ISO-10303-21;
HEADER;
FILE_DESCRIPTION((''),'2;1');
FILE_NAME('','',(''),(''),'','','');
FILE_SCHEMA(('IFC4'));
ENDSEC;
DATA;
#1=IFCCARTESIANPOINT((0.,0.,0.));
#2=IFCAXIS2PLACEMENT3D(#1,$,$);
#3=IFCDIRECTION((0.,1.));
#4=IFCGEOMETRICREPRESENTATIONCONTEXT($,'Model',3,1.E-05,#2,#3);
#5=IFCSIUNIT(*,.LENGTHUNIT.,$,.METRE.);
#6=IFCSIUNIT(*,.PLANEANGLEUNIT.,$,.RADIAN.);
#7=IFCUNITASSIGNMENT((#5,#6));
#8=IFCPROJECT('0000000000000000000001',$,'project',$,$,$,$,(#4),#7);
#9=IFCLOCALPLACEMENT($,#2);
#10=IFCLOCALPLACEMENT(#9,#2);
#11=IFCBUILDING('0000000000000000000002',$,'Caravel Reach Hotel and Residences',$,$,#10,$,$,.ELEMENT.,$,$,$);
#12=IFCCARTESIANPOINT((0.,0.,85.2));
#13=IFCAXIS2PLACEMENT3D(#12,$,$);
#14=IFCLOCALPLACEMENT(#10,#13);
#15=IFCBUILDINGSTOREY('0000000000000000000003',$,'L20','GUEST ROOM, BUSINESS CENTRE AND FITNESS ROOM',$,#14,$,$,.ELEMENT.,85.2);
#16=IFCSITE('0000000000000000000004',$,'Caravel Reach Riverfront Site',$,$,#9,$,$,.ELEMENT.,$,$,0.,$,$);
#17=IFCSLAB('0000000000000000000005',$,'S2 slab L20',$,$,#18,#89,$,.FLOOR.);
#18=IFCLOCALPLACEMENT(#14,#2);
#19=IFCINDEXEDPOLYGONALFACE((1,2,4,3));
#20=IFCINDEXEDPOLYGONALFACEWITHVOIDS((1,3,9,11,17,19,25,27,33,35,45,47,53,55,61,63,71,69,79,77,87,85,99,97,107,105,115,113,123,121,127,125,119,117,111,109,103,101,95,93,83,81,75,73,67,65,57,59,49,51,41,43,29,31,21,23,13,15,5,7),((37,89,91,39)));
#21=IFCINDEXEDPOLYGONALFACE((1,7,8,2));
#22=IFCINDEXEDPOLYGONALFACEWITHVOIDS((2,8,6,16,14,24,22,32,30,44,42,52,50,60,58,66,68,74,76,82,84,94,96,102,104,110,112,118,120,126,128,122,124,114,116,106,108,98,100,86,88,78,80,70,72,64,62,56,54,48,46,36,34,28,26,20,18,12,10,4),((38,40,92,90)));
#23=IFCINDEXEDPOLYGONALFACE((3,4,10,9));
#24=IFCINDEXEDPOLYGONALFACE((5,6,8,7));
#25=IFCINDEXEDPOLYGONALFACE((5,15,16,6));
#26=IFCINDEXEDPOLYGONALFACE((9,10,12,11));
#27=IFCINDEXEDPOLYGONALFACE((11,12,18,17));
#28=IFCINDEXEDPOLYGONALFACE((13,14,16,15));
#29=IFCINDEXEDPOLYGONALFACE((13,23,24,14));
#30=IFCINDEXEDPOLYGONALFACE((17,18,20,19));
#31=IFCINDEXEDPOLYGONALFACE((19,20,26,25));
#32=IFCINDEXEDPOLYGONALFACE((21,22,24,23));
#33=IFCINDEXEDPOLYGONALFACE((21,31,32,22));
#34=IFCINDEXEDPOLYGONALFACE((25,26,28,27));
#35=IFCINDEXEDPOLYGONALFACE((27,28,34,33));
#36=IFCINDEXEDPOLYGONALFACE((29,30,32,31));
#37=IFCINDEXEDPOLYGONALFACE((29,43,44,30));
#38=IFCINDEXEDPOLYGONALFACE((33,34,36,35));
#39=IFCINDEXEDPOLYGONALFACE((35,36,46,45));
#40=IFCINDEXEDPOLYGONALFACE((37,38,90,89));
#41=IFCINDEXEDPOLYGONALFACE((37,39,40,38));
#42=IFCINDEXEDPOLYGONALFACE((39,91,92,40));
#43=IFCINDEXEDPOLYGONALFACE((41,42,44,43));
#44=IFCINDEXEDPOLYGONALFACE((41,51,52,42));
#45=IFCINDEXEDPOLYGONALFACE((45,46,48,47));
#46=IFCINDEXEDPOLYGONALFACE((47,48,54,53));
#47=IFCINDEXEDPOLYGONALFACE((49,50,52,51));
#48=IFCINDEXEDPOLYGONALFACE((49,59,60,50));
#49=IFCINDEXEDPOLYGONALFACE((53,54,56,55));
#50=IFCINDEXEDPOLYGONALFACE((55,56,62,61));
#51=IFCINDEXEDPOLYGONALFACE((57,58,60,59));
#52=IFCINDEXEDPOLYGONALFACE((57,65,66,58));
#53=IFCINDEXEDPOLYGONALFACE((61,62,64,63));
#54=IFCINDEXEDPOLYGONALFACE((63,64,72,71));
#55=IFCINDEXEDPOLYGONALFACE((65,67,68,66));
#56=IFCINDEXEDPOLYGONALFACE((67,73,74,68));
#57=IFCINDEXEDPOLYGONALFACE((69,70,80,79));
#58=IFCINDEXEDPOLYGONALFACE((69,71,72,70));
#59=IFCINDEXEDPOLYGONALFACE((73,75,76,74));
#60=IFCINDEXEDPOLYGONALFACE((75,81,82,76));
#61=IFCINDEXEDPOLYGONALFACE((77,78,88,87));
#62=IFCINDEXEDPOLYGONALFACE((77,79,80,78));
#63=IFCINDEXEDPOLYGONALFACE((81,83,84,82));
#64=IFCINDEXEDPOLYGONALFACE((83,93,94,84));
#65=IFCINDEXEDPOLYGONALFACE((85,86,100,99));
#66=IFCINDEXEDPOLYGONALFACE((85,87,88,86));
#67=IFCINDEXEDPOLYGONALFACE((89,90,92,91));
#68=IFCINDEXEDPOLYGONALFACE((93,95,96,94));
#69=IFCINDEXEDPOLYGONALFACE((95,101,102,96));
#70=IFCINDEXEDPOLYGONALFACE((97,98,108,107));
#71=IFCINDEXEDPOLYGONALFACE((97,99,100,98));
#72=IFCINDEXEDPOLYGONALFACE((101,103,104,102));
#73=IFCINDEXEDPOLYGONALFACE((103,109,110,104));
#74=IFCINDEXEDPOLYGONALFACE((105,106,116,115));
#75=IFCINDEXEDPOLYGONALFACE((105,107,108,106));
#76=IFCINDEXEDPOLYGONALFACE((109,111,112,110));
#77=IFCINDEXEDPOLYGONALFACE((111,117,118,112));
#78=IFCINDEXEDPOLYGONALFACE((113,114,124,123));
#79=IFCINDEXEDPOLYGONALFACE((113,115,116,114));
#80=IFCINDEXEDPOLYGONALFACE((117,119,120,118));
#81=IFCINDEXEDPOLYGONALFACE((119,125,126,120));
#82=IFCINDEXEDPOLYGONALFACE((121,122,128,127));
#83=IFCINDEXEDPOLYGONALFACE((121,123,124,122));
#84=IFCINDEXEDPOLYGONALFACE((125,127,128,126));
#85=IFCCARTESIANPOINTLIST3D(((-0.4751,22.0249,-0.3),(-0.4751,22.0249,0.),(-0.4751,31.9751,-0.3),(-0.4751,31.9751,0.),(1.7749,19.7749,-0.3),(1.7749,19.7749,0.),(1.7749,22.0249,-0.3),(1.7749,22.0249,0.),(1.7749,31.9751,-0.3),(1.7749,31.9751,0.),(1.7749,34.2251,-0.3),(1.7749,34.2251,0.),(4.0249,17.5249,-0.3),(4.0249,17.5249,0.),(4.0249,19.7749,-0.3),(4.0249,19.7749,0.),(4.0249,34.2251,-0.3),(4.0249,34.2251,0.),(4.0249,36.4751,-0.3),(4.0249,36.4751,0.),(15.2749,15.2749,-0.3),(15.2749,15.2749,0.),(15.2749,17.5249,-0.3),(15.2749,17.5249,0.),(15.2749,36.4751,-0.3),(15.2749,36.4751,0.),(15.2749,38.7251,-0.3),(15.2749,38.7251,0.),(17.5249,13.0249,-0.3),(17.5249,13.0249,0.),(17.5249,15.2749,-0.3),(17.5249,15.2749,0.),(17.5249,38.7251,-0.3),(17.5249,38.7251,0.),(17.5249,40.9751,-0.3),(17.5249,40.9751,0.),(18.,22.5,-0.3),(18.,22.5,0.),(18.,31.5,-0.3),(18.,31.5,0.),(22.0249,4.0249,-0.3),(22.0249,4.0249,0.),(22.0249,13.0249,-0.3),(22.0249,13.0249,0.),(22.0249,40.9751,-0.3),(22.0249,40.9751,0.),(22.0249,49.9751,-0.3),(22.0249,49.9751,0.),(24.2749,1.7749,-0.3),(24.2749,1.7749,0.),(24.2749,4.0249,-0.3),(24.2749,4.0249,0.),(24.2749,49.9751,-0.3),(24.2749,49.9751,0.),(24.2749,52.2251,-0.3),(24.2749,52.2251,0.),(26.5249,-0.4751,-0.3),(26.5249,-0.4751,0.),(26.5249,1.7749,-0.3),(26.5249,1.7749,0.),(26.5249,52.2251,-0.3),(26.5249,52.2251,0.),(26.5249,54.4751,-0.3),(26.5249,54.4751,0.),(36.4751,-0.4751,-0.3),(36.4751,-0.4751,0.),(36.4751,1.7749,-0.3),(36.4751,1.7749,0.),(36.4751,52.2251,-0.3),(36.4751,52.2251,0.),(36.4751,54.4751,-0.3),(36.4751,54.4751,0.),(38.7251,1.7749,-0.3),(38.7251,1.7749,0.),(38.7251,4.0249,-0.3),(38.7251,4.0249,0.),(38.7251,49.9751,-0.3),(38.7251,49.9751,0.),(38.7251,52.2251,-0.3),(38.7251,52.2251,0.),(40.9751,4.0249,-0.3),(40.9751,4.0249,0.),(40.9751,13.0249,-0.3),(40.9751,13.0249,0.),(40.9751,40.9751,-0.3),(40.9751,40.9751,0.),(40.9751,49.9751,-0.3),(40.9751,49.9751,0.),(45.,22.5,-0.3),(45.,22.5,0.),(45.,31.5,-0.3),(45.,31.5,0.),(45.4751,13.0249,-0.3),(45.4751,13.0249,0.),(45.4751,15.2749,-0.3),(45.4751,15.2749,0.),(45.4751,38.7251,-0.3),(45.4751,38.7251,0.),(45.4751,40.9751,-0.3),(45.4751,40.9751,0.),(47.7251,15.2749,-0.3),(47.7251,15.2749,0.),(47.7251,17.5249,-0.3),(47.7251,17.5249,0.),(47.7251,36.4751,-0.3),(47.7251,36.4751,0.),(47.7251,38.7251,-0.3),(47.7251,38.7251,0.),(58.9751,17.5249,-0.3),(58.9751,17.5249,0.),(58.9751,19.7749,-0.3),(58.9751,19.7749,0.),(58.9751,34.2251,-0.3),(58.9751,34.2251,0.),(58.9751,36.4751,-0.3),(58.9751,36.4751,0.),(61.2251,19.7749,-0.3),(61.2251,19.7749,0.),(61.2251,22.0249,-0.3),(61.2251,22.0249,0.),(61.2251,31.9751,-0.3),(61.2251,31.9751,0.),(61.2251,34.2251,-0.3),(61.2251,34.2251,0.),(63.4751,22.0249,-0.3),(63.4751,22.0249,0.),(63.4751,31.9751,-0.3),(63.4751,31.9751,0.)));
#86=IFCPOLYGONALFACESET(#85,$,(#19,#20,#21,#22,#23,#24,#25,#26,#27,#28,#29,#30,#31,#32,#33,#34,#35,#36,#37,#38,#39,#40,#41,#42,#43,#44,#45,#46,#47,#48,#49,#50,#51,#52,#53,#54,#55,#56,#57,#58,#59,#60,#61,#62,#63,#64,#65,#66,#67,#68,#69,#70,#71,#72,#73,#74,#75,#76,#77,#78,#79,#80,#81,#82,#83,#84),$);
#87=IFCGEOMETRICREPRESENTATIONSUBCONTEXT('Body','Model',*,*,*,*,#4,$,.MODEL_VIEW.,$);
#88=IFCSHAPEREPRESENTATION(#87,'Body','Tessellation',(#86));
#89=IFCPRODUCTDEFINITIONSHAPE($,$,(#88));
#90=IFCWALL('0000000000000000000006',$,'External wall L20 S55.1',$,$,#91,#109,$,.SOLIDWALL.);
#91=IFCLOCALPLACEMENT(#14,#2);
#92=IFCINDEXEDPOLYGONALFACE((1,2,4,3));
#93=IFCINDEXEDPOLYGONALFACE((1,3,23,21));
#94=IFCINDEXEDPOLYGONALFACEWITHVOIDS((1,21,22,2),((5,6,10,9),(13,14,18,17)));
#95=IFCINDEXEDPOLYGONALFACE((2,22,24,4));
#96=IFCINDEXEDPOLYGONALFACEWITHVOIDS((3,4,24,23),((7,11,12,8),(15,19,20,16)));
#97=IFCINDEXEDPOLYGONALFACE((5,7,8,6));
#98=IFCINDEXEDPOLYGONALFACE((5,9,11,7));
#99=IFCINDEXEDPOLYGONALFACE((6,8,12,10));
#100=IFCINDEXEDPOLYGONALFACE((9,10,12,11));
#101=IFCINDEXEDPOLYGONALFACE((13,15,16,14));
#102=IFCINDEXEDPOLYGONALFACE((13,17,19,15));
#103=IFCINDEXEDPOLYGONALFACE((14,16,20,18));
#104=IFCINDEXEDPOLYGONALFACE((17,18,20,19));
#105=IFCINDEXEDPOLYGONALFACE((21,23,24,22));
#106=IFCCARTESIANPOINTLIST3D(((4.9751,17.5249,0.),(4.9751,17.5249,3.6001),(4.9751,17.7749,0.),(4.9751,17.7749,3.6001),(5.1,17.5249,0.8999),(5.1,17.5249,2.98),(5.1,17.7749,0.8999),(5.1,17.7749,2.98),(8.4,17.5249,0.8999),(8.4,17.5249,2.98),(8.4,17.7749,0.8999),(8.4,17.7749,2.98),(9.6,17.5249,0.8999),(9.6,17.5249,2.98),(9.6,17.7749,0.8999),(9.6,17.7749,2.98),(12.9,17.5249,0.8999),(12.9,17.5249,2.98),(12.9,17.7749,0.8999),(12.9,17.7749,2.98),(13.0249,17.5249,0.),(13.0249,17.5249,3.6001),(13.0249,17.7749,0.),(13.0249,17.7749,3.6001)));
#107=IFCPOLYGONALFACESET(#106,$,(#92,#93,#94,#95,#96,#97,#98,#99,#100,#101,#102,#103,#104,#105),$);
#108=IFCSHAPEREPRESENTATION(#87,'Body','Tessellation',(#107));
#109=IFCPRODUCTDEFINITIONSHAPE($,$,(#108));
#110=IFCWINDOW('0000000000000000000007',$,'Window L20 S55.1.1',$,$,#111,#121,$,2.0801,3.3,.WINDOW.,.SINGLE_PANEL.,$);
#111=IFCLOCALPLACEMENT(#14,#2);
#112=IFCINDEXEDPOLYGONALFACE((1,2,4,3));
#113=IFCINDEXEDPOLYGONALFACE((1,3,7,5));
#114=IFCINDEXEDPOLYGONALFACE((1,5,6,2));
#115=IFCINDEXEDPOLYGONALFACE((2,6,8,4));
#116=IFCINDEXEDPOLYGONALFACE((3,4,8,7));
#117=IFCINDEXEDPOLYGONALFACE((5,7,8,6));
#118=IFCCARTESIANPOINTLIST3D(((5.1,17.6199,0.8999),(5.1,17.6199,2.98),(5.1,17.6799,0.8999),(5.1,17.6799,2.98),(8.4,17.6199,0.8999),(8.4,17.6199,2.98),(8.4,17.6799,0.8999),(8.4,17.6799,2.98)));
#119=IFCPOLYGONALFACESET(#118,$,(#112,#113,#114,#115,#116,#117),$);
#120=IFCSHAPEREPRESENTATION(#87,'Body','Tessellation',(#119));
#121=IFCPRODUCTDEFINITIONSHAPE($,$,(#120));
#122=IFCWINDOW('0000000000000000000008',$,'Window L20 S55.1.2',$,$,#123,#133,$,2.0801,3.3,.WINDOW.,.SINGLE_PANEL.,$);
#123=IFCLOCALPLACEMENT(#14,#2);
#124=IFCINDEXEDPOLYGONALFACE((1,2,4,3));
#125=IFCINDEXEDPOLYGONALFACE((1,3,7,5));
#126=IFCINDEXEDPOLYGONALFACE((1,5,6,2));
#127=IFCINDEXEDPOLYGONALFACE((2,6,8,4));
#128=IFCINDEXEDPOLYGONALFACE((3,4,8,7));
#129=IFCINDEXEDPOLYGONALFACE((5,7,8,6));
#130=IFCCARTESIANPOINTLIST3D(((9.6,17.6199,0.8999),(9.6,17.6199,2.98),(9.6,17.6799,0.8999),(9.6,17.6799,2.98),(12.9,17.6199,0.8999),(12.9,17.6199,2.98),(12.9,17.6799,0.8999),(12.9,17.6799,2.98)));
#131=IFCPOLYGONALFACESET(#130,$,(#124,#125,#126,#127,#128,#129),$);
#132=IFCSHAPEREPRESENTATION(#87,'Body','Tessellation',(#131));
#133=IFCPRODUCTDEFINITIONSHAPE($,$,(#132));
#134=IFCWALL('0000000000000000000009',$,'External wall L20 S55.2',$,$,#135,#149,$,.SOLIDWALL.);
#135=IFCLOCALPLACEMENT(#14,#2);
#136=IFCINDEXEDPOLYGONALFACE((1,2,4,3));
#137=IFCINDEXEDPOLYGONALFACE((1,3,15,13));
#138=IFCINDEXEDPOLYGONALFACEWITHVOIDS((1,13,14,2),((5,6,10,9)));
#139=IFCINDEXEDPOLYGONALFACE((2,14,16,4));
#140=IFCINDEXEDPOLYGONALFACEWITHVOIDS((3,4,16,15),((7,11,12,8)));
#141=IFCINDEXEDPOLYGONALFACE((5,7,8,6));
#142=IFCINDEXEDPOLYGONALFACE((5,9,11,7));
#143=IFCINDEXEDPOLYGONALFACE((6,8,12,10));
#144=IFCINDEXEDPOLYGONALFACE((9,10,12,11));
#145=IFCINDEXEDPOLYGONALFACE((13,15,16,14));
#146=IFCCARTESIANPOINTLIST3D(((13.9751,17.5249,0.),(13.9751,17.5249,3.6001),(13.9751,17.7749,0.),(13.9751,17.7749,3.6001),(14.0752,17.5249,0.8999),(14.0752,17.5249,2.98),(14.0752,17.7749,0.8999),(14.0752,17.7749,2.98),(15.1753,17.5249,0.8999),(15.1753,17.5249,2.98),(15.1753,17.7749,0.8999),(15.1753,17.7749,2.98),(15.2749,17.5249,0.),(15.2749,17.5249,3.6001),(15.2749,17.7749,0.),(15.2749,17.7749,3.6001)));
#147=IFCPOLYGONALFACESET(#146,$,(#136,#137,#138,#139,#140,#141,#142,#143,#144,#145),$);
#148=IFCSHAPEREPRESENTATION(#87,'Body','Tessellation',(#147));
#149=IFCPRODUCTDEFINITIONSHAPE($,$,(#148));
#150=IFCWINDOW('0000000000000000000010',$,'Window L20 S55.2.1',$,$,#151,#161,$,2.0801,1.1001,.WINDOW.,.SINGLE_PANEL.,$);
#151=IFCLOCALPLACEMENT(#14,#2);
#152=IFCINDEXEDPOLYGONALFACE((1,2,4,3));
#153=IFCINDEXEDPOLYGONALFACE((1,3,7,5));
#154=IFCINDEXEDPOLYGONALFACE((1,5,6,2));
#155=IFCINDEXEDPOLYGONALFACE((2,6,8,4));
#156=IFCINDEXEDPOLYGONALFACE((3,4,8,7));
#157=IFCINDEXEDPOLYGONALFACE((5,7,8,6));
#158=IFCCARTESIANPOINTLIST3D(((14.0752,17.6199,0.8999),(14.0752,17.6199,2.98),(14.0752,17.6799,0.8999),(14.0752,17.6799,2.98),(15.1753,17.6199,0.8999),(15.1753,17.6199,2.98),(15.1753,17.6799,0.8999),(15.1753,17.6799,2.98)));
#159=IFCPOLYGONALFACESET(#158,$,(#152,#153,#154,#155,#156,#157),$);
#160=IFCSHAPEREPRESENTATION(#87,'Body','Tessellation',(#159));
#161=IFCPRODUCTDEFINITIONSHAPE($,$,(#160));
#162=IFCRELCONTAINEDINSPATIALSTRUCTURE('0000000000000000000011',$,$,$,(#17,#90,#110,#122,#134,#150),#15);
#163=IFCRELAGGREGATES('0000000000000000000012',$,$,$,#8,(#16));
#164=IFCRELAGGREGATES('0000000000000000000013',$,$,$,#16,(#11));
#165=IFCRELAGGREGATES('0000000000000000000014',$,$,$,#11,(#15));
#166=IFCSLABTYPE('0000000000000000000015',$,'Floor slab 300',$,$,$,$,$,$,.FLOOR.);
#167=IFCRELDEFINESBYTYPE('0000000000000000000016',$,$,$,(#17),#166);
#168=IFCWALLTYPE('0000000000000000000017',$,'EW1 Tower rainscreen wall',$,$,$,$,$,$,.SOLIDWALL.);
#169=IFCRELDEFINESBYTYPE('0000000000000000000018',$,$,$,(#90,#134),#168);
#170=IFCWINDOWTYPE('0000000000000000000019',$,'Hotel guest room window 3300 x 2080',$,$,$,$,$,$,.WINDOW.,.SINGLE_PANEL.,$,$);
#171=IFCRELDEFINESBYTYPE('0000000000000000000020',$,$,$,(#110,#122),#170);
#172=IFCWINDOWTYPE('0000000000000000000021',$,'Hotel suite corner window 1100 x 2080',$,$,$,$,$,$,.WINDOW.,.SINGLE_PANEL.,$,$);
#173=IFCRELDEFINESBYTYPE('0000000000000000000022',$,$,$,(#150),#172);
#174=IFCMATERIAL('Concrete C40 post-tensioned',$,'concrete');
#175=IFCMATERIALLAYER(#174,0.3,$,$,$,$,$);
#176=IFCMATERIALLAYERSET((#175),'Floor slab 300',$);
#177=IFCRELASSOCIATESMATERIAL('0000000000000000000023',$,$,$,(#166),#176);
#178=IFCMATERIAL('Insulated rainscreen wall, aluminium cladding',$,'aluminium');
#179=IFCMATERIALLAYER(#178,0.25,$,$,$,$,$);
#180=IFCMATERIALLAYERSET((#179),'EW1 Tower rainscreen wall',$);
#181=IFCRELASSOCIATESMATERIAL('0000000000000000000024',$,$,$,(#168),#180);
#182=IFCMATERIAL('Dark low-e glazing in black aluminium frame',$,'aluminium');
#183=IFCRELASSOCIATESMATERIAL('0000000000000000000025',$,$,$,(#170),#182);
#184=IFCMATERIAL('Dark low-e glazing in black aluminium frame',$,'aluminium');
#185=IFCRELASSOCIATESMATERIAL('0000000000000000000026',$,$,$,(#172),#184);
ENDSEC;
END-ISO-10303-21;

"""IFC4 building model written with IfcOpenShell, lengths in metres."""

from ifc_helpers import new_model, si_unit, direction, frame, frame_2d, origin, place, context, subcontext, project, spatial, polyline, rectangle, outline, extrude, material, layer, layer_set, type_object, element, fill, save


model = new_model("IFC4")

# Units and contexts
model_context = context("Model", 3, precision=1e-05, world=origin(), true_north=direction((0.0, 1.0)))
body_context = subcontext(model_context, "Body", "Model", "MODEL_VIEW")
ifc_project = project(units=[si_unit("LENGTHUNIT", "METRE"), si_unit("PLANEANGLEUNIT", "RADIAN")], contexts=[model_context])

# Site, building, storey
site_placement = place(None, origin())
site = spatial("IfcSite", under=ifc_project, at=site_placement, Name="Caravel Reach Riverfront Site", CompositionType="ELEMENT", RefElevation=0.0)
building_placement = place(site_placement, origin())
building = spatial("IfcBuilding", under=site, at=building_placement, Name="Caravel Reach Hotel and Residences", CompositionType="ELEMENT")
storey_placement = place(building_placement, frame((0.0, 0.0, 85.2)))
storey = spatial("IfcBuildingStorey", under=building, at=storey_placement, Name="L20", Description="GUEST ROOM, BUSINESS CENTRE AND FITNESS ROOM", CompositionType="ELEMENT", Elevation=85.2)

# Slab
ifc_material_1 = material(Name="Concrete C40 post-tensioned", Category="concrete")
ifc_layer_1 = layer(ifc_material_1, 0.3)
ifc_layer_set_1 = layer_set([ifc_layer_1], Name="Floor slab 300")
slab_type_1 = type_object("IfcSlabType", Name="Floor slab 300", PredefinedType="FLOOR", material=ifc_layer_set_1)
slab_1_placement = place(storey_placement, frame((0.0, 0.0, -0.3)))
element("IfcSlab", 1, at=slab_1_placement, inside=storey, type_object=slab_type_1, Name="S2 slab L20", PredefinedType="FLOOR", context=body_context, shape_type="SweptSolid", body=[
    extrude(outline(polyline([(17.5249, 13.0249), (17.5249, 15.2749), (15.2749, 15.2749), (15.2749, 17.5249), (4.0249, 17.5249), (4.0249, 19.7749), (1.7749, 19.7749), (1.7749, 22.0249), (-0.4751, 22.0249), (-0.4751, 31.9751), (1.7749, 31.9751), (1.7749, 34.2251), (4.0249, 34.2251), (4.0249, 36.4751), (15.2749, 36.4751), (15.2749, 38.7251), (17.5249, 38.7251), (17.5249, 40.9751), (22.0249, 40.9751), (22.0249, 49.9751), (24.2749, 49.9751), (24.2749, 52.2251), (26.5249, 52.2251), (26.5249, 54.4751), (36.4751, 54.4751), (36.4751, 52.2251), (38.7251, 52.2251), (38.7251, 49.9751), (40.9751, 49.9751), (40.9751, 40.9751), (45.4751, 40.9751), (45.4751, 38.7251), (47.7251, 38.7251), (47.7251, 36.4751), (58.9751, 36.4751), (58.9751, 34.2251), (61.2251, 34.2251), (61.2251, 31.9751), (63.4751, 31.9751), (63.4751, 22.0249), (61.2251, 22.0249), (61.2251, 19.7749), (58.9751, 19.7749), (58.9751, 17.5249), (47.7251, 17.5249), (47.7251, 15.2749), (45.4751, 15.2749), (45.4751, 13.0249), (40.9751, 13.0249), (40.9751, 4.0249), (38.7251, 4.0249), (38.7251, 1.7749), (36.4751, 1.7749), (36.4751, -0.4751), (26.5249, -0.4751), (26.5249, 1.7749), (24.2749, 1.7749), (24.2749, 4.0249), (22.0249, 4.0249), (22.0249, 13.0249), (17.5249, 13.0249)]), holes=[polyline([(45.0, 31.5), (18.0, 31.5), (18.0, 22.5), (45.0, 22.5), (45.0, 31.5)])]), origin(), (0.0, 0.0, 1.0), 0.3),
])

# Wall, openings, windows
ifc_material_2 = material(Name="Insulated rainscreen wall, aluminium cladding", Category="aluminium")
ifc_layer_2 = layer(ifc_material_2, 0.25)
ifc_layer_set_2 = layer_set([ifc_layer_2], Name="EW1 Tower rainscreen wall")
wall_type_1 = type_object("IfcWallType", Name="EW1 Tower rainscreen wall", PredefinedType="SOLIDWALL", material=ifc_layer_set_2)
wall_1_placement = place(storey_placement, frame((4.9751, 17.6499, 0.0), z_axis=(0.0, 0.0, 1.0), x_axis=(1.0, 0.0, 0.0)))
wall_1 = element("IfcWall", 2, at=wall_1_placement, inside=storey, type_object=wall_type_1, Name="External wall L20 S55.1", PredefinedType="SOLIDWALL", context=body_context, shape_type="SweptSolid", body=[
    extrude(rectangle(XDim=8.0498, YDim=0.25, at=frame_2d((4.0249, 0.0))), origin(), (0.0, 0.0, 1.0), 3.6001),
])
opening_1_placement = place(wall_1_placement, frame((0.125, 0.0, 0.8999)))
opening_1 = element("IfcOpeningElement", 3, at=opening_1_placement, cuts=wall_1, PredefinedType="OPENING", context=body_context, shape_type="SweptSolid", body=[
    extrude(rectangle(XDim=3.3, YDim=2.0801, at=frame_2d((1.6499, 1.04))), frame((0.0, 0.135, 0.0), z_axis=(0.0, -1.0, 0.0), x_axis=(1.0, 0.0, 0.0)), (0.0, 0.0, 1.0), 0.27),
])
opening_2_placement = place(wall_1_placement, frame((4.625, 0.0, 0.8999)))
opening_2 = element("IfcOpeningElement", 4, at=opening_2_placement, cuts=wall_1, PredefinedType="OPENING", context=body_context, shape_type="SweptSolid", body=[
    extrude(rectangle(XDim=3.3, YDim=2.0801, at=frame_2d((1.6499, 1.04))), frame((0.0, 0.135, 0.0), z_axis=(0.0, -1.0, 0.0), x_axis=(1.0, 0.0, 0.0)), (0.0, 0.0, 1.0), 0.27),
])
ifc_material_3 = material(Name="Dark low-e glazing in black aluminium frame", Category="aluminium")
window_type_1 = type_object("IfcWindowType", Name="Hotel guest room window 3300 x 2080", PartitioningType="SINGLE_PANEL", PredefinedType="WINDOW", material=ifc_material_3)
window_1_placement = place(opening_1_placement, origin())
window_1 = element("IfcWindow", 5, at=window_1_placement, inside=storey, type_object=window_type_1, Name="Window L20 S55.1.1", OverallHeight=2.0801, OverallWidth=3.3, PartitioningType="SINGLE_PANEL", PredefinedType="WINDOW", context=body_context, shape_type="SweptSolid", body=[
    extrude(rectangle(XDim=3.3, YDim=2.0801, at=frame_2d((1.6499, 1.04))), frame((0.0, 0.03, 0.0), z_axis=(0.0, -1.0, 0.0), x_axis=(1.0, 0.0, 0.0)), (0.0, 0.0, 1.0), 0.0601),
])
fill(opening_1, window_1)
window_2_placement = place(opening_2_placement, origin())
window_2 = element("IfcWindow", 6, at=window_2_placement, inside=storey, type_object=window_type_1, Name="Window L20 S55.1.2", OverallHeight=2.0801, OverallWidth=3.3, PartitioningType="SINGLE_PANEL", PredefinedType="WINDOW", context=body_context, shape_type="SweptSolid", body=[
    extrude(rectangle(XDim=3.3, YDim=2.0801, at=frame_2d((1.6499, 1.04))), frame((0.0, 0.03, 0.0), z_axis=(0.0, -1.0, 0.0), x_axis=(1.0, 0.0, 0.0)), (0.0, 0.0, 1.0), 0.0601),
])
fill(opening_2, window_2)

# Wall, opening, window
wall_2_placement = place(storey_placement, frame((13.9751, 17.6499, 0.0), z_axis=(0.0, 0.0, 1.0), x_axis=(1.0, 0.0, 0.0)))
wall_2 = element("IfcWall", 7, at=wall_2_placement, inside=storey, type_object=wall_type_1, Name="External wall L20 S55.2", PredefinedType="SOLIDWALL", context=body_context, shape_type="SweptSolid", body=[
    extrude(rectangle(XDim=1.2998, YDim=0.25, at=frame_2d((0.6499, 0.0))), origin(), (0.0, 0.0, 1.0), 3.6001),
])
opening_3_placement = place(wall_2_placement, frame((0.1001, 0.0, 0.8999)))
opening_3 = element("IfcOpeningElement", 8, at=opening_3_placement, cuts=wall_2, PredefinedType="OPENING", context=body_context, shape_type="SweptSolid", body=[
    extrude(rectangle(XDim=1.1001, YDim=2.0801, at=frame_2d((0.55, 1.04))), frame((0.0, 0.135, 0.0), z_axis=(0.0, -1.0, 0.0), x_axis=(1.0, 0.0, 0.0)), (0.0, 0.0, 1.0), 0.27),
])
ifc_material_4 = material(Name="Dark low-e glazing in black aluminium frame", Category="aluminium")
window_type_2 = type_object("IfcWindowType", Name="Hotel suite corner window 1100 x 2080", PartitioningType="SINGLE_PANEL", PredefinedType="WINDOW", material=ifc_material_4)
window_3_placement = place(opening_3_placement, origin())
window_3 = element("IfcWindow", 9, at=window_3_placement, inside=storey, type_object=window_type_2, Name="Window L20 S55.2.1", OverallHeight=2.0801, OverallWidth=1.1001, PartitioningType="SINGLE_PANEL", PredefinedType="WINDOW", context=body_context, shape_type="SweptSolid", body=[
    extrude(rectangle(XDim=1.1001, YDim=2.0801, at=frame_2d((0.55, 1.04))), frame((0.0, 0.03, 0.0), z_axis=(0.0, -1.0, 0.0), x_axis=(1.0, 0.0, 0.0)), (0.0, 0.0, 1.0), 0.0601),
])
fill(opening_3, window_3)

save(model, "model.ifc")
